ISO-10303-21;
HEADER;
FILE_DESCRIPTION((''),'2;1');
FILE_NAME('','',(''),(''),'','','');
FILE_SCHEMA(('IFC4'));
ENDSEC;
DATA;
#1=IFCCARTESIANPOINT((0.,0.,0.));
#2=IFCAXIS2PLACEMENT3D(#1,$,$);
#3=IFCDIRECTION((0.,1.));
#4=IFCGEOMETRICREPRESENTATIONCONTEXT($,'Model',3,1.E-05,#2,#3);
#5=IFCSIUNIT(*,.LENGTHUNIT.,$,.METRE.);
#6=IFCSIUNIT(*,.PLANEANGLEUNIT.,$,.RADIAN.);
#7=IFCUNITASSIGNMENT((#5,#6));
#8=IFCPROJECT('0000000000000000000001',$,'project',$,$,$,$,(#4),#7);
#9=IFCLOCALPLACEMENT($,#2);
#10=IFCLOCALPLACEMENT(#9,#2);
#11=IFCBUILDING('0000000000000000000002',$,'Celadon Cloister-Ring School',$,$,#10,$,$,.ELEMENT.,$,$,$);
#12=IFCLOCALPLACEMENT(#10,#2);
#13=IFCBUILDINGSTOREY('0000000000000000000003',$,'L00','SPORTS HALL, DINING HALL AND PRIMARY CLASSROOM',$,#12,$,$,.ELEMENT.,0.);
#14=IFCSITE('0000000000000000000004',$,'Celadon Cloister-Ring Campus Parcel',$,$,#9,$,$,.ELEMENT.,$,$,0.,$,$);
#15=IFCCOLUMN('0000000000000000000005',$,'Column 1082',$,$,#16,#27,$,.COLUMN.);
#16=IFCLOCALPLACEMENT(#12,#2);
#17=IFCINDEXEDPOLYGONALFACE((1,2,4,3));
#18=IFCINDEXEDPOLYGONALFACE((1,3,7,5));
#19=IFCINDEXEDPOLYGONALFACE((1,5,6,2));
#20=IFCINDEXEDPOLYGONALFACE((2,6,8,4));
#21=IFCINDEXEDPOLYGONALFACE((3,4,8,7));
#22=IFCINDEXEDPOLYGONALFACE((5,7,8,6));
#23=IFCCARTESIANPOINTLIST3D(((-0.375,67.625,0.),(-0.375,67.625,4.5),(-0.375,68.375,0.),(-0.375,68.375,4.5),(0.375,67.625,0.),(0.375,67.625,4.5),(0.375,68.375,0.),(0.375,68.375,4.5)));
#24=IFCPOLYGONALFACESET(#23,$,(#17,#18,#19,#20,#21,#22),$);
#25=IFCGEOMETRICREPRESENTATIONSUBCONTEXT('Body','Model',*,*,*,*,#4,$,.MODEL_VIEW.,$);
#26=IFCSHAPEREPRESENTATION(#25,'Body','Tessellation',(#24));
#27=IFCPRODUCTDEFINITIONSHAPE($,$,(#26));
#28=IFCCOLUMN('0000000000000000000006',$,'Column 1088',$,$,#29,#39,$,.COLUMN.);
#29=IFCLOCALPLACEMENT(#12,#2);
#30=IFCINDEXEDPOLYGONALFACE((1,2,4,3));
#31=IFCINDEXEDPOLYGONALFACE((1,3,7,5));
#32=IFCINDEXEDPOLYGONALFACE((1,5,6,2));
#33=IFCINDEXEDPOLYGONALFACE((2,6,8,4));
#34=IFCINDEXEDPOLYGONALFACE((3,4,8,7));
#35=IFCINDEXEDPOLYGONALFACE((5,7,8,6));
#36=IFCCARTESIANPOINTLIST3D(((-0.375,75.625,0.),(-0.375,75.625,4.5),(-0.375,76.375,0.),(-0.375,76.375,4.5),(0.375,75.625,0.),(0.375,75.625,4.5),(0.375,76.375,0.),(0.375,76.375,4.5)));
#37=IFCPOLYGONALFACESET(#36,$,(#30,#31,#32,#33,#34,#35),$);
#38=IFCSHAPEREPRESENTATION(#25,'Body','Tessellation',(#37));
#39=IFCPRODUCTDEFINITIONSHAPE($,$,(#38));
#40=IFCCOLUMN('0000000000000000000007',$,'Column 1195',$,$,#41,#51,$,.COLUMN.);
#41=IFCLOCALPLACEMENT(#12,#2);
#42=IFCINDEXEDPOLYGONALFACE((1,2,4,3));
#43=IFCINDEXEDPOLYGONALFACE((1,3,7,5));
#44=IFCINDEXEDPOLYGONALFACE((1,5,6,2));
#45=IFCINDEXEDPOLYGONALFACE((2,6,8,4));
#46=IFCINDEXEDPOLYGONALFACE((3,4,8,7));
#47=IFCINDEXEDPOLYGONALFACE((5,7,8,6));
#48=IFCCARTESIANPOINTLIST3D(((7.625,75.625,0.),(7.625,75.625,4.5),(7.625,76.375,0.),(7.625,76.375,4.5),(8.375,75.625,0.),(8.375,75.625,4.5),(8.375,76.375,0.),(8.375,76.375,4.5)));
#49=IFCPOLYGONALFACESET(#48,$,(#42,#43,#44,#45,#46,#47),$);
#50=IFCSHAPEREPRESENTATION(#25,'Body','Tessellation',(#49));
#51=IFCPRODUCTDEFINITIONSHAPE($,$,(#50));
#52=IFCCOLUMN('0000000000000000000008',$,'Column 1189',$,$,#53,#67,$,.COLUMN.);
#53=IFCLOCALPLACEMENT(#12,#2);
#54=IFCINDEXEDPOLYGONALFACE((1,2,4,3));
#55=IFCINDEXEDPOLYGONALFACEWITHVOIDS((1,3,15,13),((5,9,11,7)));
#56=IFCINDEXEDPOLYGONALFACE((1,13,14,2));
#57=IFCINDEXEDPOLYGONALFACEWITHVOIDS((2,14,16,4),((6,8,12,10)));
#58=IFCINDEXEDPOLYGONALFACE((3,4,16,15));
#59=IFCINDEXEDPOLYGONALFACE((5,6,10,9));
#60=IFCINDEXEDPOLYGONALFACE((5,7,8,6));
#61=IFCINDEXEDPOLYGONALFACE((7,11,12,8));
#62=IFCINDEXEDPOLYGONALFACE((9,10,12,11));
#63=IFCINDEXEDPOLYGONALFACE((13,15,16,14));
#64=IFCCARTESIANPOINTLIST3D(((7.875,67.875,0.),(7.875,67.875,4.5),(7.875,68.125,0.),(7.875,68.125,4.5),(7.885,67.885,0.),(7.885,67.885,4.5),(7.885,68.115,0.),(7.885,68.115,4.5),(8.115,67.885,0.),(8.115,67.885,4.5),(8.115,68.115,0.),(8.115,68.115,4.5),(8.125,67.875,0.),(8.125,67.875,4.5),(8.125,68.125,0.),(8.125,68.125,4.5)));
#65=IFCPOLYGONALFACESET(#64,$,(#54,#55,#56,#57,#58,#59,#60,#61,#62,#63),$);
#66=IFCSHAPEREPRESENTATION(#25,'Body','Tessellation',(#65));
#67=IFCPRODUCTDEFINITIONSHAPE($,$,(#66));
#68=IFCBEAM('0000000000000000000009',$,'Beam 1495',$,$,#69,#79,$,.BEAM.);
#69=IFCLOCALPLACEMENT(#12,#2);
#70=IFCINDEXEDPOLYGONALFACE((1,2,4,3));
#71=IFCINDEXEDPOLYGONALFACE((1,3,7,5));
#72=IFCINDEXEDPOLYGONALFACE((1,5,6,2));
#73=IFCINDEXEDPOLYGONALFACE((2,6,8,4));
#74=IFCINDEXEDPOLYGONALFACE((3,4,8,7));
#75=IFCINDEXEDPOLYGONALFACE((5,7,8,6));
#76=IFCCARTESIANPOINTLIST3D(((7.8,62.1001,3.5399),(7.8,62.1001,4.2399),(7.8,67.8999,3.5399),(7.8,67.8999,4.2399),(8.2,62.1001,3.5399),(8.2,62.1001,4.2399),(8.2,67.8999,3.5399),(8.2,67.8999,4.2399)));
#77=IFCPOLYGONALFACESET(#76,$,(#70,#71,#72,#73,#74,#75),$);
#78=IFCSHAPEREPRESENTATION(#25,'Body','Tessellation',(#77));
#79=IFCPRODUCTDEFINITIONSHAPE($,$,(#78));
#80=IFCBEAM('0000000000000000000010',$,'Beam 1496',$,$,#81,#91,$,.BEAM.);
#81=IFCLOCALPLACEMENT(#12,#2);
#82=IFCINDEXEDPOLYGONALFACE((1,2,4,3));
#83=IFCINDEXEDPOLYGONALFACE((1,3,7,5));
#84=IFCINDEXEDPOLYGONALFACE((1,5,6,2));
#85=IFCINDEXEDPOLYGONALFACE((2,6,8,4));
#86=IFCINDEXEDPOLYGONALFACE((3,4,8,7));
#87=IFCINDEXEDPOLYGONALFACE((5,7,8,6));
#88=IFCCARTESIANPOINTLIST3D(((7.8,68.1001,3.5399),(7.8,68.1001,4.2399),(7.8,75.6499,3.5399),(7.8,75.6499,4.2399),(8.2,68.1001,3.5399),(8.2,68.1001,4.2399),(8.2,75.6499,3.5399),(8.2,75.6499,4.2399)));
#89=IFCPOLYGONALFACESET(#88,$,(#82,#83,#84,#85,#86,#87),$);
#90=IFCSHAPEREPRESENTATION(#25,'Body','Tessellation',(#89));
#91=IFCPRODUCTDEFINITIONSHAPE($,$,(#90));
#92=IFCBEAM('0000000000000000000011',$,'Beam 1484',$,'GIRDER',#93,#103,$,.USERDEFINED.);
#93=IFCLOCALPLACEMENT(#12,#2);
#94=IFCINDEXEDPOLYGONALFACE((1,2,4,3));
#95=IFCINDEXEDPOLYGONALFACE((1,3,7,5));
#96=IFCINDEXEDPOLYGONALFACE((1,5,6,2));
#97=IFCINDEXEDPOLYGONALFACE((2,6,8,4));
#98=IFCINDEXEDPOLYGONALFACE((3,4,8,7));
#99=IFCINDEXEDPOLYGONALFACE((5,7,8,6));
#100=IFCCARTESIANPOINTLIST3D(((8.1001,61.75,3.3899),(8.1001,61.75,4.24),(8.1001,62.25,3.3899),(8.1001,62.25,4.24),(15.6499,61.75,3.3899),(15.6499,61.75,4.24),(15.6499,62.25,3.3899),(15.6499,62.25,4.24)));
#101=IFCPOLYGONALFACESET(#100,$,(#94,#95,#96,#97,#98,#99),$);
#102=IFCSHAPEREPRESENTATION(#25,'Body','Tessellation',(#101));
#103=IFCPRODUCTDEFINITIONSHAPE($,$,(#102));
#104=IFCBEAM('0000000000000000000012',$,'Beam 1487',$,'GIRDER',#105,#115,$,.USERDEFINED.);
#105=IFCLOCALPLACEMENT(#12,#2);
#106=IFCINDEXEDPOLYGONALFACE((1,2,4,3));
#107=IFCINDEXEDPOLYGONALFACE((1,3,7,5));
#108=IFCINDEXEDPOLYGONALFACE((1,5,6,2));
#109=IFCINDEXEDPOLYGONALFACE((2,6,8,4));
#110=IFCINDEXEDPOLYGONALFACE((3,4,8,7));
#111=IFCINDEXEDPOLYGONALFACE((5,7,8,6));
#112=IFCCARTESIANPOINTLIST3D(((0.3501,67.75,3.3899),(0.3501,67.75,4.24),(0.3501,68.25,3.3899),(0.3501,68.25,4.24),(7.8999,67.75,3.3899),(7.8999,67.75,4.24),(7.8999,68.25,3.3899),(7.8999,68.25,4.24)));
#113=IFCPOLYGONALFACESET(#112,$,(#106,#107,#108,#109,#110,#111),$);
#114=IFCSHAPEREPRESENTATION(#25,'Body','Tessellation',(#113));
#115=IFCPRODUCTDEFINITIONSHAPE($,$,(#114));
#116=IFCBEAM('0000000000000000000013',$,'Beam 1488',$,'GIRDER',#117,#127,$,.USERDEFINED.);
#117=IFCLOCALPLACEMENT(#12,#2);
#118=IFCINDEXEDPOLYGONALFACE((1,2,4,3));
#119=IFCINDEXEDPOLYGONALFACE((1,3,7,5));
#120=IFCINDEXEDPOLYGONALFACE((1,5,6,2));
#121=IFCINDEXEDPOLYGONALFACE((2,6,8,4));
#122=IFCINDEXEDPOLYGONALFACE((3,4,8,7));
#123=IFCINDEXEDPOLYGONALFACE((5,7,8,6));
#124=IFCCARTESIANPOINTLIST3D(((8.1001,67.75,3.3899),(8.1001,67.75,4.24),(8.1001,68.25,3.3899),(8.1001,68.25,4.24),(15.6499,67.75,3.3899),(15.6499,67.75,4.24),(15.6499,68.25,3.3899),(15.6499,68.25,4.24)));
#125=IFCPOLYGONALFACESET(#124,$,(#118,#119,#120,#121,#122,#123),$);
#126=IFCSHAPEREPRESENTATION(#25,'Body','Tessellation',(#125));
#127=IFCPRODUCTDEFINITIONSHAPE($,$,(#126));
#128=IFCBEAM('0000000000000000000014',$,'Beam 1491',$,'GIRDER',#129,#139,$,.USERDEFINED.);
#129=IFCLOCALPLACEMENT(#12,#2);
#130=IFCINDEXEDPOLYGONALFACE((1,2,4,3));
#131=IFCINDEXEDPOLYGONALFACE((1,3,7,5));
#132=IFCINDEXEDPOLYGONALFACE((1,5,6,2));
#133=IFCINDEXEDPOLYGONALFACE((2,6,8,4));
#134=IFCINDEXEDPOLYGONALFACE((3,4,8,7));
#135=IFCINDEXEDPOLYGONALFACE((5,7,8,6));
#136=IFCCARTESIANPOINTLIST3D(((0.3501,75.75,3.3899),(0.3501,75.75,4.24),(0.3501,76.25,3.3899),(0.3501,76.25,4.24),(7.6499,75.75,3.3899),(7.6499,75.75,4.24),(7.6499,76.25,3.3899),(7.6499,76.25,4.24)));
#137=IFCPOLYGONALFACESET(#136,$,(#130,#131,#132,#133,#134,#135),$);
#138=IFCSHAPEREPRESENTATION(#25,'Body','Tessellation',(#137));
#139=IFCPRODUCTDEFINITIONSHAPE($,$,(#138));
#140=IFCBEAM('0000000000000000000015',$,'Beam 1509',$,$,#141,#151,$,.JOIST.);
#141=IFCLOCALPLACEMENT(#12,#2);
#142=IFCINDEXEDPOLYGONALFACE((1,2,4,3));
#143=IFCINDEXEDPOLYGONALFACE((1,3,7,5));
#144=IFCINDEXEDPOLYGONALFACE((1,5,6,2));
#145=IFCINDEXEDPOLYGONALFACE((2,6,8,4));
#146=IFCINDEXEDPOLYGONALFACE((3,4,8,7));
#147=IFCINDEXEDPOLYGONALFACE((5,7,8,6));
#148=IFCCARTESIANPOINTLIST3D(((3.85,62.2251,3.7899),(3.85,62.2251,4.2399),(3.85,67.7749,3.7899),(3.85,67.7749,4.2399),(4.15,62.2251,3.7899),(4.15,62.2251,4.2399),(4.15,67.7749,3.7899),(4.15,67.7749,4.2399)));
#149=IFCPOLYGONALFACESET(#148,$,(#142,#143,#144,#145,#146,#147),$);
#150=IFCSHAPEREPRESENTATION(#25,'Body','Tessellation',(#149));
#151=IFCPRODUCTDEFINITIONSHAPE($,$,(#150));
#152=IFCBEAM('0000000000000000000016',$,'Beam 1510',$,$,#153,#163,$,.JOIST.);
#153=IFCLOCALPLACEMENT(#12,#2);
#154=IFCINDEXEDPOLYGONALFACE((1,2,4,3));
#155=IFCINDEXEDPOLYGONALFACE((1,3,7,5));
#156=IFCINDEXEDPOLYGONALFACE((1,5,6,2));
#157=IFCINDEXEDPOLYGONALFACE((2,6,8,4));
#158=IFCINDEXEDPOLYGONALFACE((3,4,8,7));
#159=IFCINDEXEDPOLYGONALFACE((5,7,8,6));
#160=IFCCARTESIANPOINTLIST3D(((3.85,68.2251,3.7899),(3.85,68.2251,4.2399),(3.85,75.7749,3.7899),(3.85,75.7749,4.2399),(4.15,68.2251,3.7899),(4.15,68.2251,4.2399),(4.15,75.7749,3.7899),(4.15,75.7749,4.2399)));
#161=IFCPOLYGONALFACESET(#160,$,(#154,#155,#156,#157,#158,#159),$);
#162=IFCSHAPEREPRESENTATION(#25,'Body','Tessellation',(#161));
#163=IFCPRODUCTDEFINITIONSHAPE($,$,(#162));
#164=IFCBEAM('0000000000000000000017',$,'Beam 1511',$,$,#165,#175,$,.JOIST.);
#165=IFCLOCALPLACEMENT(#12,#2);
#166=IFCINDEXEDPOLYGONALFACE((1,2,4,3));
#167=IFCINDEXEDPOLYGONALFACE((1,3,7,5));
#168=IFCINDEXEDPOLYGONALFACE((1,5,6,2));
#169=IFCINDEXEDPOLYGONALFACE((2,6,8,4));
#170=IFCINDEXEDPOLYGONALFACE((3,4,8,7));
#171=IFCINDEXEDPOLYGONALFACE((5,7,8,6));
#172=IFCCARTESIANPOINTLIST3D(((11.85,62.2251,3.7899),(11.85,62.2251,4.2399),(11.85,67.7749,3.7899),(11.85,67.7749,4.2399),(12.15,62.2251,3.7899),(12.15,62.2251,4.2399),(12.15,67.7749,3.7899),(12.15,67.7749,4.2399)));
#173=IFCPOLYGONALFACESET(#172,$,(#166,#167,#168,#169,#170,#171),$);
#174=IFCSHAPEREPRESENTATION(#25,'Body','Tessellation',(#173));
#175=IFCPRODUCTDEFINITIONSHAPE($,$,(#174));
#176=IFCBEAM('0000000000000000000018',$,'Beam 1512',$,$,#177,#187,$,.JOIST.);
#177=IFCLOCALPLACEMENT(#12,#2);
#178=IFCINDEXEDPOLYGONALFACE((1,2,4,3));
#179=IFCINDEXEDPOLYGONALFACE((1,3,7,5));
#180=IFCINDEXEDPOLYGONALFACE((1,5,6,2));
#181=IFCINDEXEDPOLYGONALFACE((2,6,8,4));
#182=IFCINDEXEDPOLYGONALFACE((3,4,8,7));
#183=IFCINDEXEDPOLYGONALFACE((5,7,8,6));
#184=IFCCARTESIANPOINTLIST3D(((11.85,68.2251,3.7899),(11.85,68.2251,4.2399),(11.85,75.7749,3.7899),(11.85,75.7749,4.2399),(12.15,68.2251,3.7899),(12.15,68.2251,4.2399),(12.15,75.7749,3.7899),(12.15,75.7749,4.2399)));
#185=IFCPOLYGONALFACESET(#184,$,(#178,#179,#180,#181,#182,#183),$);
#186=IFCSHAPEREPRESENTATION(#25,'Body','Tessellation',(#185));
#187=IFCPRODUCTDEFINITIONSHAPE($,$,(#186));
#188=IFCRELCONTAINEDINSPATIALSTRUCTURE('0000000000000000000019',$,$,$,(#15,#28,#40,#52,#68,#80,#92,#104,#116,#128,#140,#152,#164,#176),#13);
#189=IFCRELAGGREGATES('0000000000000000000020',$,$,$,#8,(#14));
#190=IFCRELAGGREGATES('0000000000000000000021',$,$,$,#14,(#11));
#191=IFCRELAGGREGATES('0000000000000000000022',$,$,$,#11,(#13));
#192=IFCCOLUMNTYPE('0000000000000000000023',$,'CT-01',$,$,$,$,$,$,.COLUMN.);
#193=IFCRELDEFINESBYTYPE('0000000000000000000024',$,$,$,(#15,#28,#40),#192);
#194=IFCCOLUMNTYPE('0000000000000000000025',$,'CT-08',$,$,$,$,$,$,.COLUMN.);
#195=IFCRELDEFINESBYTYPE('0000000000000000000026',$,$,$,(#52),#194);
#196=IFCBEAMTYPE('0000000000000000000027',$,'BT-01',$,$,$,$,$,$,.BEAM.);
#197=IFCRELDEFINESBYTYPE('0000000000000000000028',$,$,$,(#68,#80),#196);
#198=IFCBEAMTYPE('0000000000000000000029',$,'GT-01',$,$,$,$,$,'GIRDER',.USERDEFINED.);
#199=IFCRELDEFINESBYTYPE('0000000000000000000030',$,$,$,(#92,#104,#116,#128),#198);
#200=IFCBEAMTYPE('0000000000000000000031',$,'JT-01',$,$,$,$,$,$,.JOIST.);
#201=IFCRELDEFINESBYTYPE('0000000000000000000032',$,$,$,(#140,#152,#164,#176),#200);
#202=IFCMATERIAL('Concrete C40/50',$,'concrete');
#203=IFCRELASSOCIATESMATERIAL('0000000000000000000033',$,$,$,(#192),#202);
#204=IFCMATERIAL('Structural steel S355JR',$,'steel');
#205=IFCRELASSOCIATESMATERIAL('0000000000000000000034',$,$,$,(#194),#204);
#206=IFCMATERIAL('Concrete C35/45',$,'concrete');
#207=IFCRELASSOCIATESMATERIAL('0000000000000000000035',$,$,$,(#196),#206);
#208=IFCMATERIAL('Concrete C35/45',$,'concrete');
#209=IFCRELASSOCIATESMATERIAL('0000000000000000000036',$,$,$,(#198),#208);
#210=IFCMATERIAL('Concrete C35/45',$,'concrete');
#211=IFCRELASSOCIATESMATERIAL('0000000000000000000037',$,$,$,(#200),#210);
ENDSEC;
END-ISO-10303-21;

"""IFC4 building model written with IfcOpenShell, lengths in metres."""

from ifc_helpers import new_model, si_unit, direction, frame, origin, origin_2d, place, context, subcontext, project, spatial, rectangle, hollow_rectangle, extrude, material, material_profile, profile_set, type_object, element, save


model = new_model("IFC4")

# Units and contexts
model_context = context("Model", 3, precision=1e-05, world=origin(), true_north=direction((0.0, 1.0)))
body_context = subcontext(model_context, "Body", "Model", "MODEL_VIEW")
ifc_project = project(units=[si_unit("LENGTHUNIT", "METRE"), si_unit("PLANEANGLEUNIT", "RADIAN")], contexts=[model_context])

# Site, building, storey
site_placement = place(None, origin())
site = spatial("IfcSite", under=ifc_project, at=site_placement, Name="Celadon Cloister-Ring Campus Parcel", CompositionType="ELEMENT", RefElevation=0.0)
building_placement = place(site_placement, origin())
building = spatial("IfcBuilding", under=site, at=building_placement, Name="Celadon Cloister-Ring School", CompositionType="ELEMENT")
storey_placement = place(building_placement, origin())
storey = spatial("IfcBuildingStorey", under=building, at=storey_placement, Name="L00", Description="SPORTS HALL, DINING HALL AND PRIMARY CLASSROOM", CompositionType="ELEMENT", Elevation=0.0)

# Columns
ifc_material_1 = material(Name="Concrete C40/50", Category="concrete")
ifc_material_profile_1 = material_profile(ifc_material_1, rectangle(XDim=0.75, YDim=0.75, at=origin_2d()), Name="RC750X750")
ifc_profile_set_1 = profile_set([ifc_material_profile_1], Name="Concrete C40/50")
column_type_1 = type_object("IfcColumnType", Name="CT-01", PredefinedType="COLUMN", material=ifc_profile_set_1)
for number, where, z_axis, x_axis, name in (
    (1, (0.0, 68.0, 0.0), (0.0, 0.0, 1.0), (1.0, 0.0, 0.0), "Column 1082"),
    (2, (0.0, 76.0, 0.0), (0.0, 0.0, 1.0), (1.0, 0.0, 0.0), "Column 1088"),
    (3, (8.0, 76.0, 0.0), (0.0, 0.0, 1.0), (1.0, 0.0, 0.0), "Column 1195"),
):
    element("IfcColumn", number, at=place(storey_placement, frame(where, z_axis=z_axis, x_axis=x_axis)), inside=storey, type_object=column_type_1, Name=name, PredefinedType="COLUMN", context=body_context, shape_type="SweptSolid", body=[
        extrude(rectangle(XDim=0.75, YDim=0.75, at=origin_2d()), origin(), (0.0, 0.0, 1.0), 4.5),
    ])
ifc_material_2 = material(Name="Structural steel S355JR", Category="steel")
ifc_material_profile_2 = material_profile(ifc_material_2, hollow_rectangle(XDim=0.25, YDim=0.25, WallThickness=0.01, at=origin_2d()), Name="HSS250X250X10")
ifc_profile_set_2 = profile_set([ifc_material_profile_2], Name="Structural steel S355JR")
column_type_2 = type_object("IfcColumnType", Name="CT-08", PredefinedType="COLUMN", material=ifc_profile_set_2)
column_placement = place(storey_placement, frame((8.0, 68.0, 0.0), z_axis=(0.0, 0.0, 1.0), x_axis=(1.0, 0.0, 0.0)))
element("IfcColumn", 4, at=column_placement, inside=storey, type_object=column_type_2, Name="Column 1189", PredefinedType="COLUMN", context=body_context, shape_type="SweptSolid", body=[
    extrude(hollow_rectangle(XDim=0.25, YDim=0.25, WallThickness=0.01, at=origin_2d()), origin(), (0.0, 0.0, 1.0), 4.5),
])

# Beams
ifc_material_3 = material(Name="Concrete C35/45", Category="concrete")
ifc_material_profile_3 = material_profile(ifc_material_3, rectangle(XDim=0.3999, YDim=0.7, at=origin_2d()), Name="RC400X700")
ifc_profile_set_3 = profile_set([ifc_material_profile_3], Name="Concrete C35/45")
beam_type_1 = type_object("IfcBeamType", Name="BT-01", PredefinedType="BEAM", material=ifc_profile_set_3)
beam_1_placement = place(storey_placement, frame((8.0, 62.1001, 3.8899), z_axis=(0.0, 1.0, 0.0), x_axis=(-1.0, 0.0, 0.0)))
element("IfcBeam", 5, at=beam_1_placement, inside=storey, type_object=beam_type_1, Name="Beam 1495", PredefinedType="BEAM", context=body_context, shape_type="SweptSolid", body=[
    extrude(rectangle(XDim=0.3999, YDim=0.7, at=origin_2d()), origin(), (0.0, 0.0, 1.0), 5.7998),
])
beam_2_placement = place(storey_placement, frame((8.0, 68.1001, 3.8899), z_axis=(0.0, 1.0, 0.0), x_axis=(-1.0, 0.0, 0.0)))
element("IfcBeam", 6, at=beam_2_placement, inside=storey, type_object=beam_type_1, Name="Beam 1496", PredefinedType="BEAM", context=body_context, shape_type="SweptSolid", body=[
    extrude(rectangle(XDim=0.3999, YDim=0.7, at=origin_2d()), origin(), (0.0, 0.0, 1.0), 7.5498),
])
ifc_material_4 = material(Name="Concrete C35/45", Category="concrete")
ifc_material_profile_4 = material_profile(ifc_material_4, rectangle(XDim=0.5, YDim=0.8501, at=origin_2d()), Name="RC500X850")
ifc_profile_set_4 = profile_set([ifc_material_profile_4], Name="Concrete C35/45")
beam_type_2 = type_object("IfcBeamType", Name="GT-01", ElementType="GIRDER", PredefinedType="USERDEFINED", material=ifc_profile_set_4)
for number, where, z_axis, x_axis, name in (
    (7, (8.1001, 62.0, 3.8149), (1.0, 0.0, 0.0), (0.0, 1.0, 0.0), "Beam 1484"),
    (8, (0.3501, 68.0, 3.8149), (1.0, 0.0, 0.0), (0.0, 1.0, 0.0), "Beam 1487"),
    (9, (8.1001, 68.0, 3.8149), (1.0, 0.0, 0.0), (0.0, 1.0, 0.0), "Beam 1488"),
):
    element("IfcBeam", number, at=place(storey_placement, frame(where, z_axis=z_axis, x_axis=x_axis)), inside=storey, type_object=beam_type_2, Name=name, ObjectType="GIRDER", PredefinedType="USERDEFINED", context=body_context, shape_type="SweptSolid", body=[
        extrude(rectangle(XDim=0.5, YDim=0.8501, at=origin_2d()), origin(), (0.0, 0.0, 1.0), 7.5498),
    ])
beam_3_placement = place(storey_placement, frame((0.3501, 76.0, 3.8149), z_axis=(1.0, 0.0, 0.0), x_axis=(0.0, 1.0, 0.0)))
element("IfcBeam", 10, at=beam_3_placement, inside=storey, type_object=beam_type_2, Name="Beam 1491", ObjectType="GIRDER", PredefinedType="USERDEFINED", context=body_context, shape_type="SweptSolid", body=[
    extrude(rectangle(XDim=0.5, YDim=0.8501, at=origin_2d()), origin(), (0.0, 0.0, 1.0), 7.2998),
])
ifc_material_5 = material(Name="Concrete C35/45", Category="concrete")
ifc_material_profile_5 = material_profile(ifc_material_5, rectangle(XDim=0.3, YDim=0.45, at=origin_2d()), Name="RC300X450")
ifc_profile_set_5 = profile_set([ifc_material_profile_5], Name="Concrete C35/45")
beam_type_3 = type_object("IfcBeamType", Name="JT-01", PredefinedType="JOIST", material=ifc_profile_set_5)
beam_4_placement = place(storey_placement, frame((4.0, 62.2251, 4.0149), z_axis=(0.0, 1.0, 0.0), x_axis=(-1.0, 0.0, 0.0)))
element("IfcBeam", 11, at=beam_4_placement, inside=storey, type_object=beam_type_3, Name="Beam 1509", PredefinedType="JOIST", context=body_context, shape_type="SweptSolid", body=[
    extrude(rectangle(XDim=0.3, YDim=0.45, at=origin_2d()), origin(), (0.0, 0.0, 1.0), 5.5498),
])
beam_5_placement = place(storey_placement, frame((4.0, 68.2251, 4.0149), z_axis=(0.0, 1.0, 0.0), x_axis=(-1.0, 0.0, 0.0)))
element("IfcBeam", 12, at=beam_5_placement, inside=storey, type_object=beam_type_3, Name="Beam 1510", PredefinedType="JOIST", context=body_context, shape_type="SweptSolid", body=[
    extrude(rectangle(XDim=0.3, YDim=0.45, at=origin_2d()), origin(), (0.0, 0.0, 1.0), 7.5498),
])
beam_6_placement = place(storey_placement, frame((12.0, 62.2251, 4.0149), z_axis=(0.0, 1.0, 0.0), x_axis=(-1.0, 0.0, 0.0)))
element("IfcBeam", 13, at=beam_6_placement, inside=storey, type_object=beam_type_3, Name="Beam 1511", PredefinedType="JOIST", context=body_context, shape_type="SweptSolid", body=[
    extrude(rectangle(XDim=0.3, YDim=0.45, at=origin_2d()), origin(), (0.0, 0.0, 1.0), 5.5498),
])
beam_7_placement = place(storey_placement, frame((12.0, 68.2251, 4.0149), z_axis=(0.0, 1.0, 0.0), x_axis=(-1.0, 0.0, 0.0)))
element("IfcBeam", 14, at=beam_7_placement, inside=storey, type_object=beam_type_3, Name="Beam 1512", PredefinedType="JOIST", context=body_context, shape_type="SweptSolid", body=[
    extrude(rectangle(XDim=0.3, YDim=0.45, at=origin_2d()), origin(), (0.0, 0.0, 1.0), 7.5498),
])

save(model, "model.ifc")
